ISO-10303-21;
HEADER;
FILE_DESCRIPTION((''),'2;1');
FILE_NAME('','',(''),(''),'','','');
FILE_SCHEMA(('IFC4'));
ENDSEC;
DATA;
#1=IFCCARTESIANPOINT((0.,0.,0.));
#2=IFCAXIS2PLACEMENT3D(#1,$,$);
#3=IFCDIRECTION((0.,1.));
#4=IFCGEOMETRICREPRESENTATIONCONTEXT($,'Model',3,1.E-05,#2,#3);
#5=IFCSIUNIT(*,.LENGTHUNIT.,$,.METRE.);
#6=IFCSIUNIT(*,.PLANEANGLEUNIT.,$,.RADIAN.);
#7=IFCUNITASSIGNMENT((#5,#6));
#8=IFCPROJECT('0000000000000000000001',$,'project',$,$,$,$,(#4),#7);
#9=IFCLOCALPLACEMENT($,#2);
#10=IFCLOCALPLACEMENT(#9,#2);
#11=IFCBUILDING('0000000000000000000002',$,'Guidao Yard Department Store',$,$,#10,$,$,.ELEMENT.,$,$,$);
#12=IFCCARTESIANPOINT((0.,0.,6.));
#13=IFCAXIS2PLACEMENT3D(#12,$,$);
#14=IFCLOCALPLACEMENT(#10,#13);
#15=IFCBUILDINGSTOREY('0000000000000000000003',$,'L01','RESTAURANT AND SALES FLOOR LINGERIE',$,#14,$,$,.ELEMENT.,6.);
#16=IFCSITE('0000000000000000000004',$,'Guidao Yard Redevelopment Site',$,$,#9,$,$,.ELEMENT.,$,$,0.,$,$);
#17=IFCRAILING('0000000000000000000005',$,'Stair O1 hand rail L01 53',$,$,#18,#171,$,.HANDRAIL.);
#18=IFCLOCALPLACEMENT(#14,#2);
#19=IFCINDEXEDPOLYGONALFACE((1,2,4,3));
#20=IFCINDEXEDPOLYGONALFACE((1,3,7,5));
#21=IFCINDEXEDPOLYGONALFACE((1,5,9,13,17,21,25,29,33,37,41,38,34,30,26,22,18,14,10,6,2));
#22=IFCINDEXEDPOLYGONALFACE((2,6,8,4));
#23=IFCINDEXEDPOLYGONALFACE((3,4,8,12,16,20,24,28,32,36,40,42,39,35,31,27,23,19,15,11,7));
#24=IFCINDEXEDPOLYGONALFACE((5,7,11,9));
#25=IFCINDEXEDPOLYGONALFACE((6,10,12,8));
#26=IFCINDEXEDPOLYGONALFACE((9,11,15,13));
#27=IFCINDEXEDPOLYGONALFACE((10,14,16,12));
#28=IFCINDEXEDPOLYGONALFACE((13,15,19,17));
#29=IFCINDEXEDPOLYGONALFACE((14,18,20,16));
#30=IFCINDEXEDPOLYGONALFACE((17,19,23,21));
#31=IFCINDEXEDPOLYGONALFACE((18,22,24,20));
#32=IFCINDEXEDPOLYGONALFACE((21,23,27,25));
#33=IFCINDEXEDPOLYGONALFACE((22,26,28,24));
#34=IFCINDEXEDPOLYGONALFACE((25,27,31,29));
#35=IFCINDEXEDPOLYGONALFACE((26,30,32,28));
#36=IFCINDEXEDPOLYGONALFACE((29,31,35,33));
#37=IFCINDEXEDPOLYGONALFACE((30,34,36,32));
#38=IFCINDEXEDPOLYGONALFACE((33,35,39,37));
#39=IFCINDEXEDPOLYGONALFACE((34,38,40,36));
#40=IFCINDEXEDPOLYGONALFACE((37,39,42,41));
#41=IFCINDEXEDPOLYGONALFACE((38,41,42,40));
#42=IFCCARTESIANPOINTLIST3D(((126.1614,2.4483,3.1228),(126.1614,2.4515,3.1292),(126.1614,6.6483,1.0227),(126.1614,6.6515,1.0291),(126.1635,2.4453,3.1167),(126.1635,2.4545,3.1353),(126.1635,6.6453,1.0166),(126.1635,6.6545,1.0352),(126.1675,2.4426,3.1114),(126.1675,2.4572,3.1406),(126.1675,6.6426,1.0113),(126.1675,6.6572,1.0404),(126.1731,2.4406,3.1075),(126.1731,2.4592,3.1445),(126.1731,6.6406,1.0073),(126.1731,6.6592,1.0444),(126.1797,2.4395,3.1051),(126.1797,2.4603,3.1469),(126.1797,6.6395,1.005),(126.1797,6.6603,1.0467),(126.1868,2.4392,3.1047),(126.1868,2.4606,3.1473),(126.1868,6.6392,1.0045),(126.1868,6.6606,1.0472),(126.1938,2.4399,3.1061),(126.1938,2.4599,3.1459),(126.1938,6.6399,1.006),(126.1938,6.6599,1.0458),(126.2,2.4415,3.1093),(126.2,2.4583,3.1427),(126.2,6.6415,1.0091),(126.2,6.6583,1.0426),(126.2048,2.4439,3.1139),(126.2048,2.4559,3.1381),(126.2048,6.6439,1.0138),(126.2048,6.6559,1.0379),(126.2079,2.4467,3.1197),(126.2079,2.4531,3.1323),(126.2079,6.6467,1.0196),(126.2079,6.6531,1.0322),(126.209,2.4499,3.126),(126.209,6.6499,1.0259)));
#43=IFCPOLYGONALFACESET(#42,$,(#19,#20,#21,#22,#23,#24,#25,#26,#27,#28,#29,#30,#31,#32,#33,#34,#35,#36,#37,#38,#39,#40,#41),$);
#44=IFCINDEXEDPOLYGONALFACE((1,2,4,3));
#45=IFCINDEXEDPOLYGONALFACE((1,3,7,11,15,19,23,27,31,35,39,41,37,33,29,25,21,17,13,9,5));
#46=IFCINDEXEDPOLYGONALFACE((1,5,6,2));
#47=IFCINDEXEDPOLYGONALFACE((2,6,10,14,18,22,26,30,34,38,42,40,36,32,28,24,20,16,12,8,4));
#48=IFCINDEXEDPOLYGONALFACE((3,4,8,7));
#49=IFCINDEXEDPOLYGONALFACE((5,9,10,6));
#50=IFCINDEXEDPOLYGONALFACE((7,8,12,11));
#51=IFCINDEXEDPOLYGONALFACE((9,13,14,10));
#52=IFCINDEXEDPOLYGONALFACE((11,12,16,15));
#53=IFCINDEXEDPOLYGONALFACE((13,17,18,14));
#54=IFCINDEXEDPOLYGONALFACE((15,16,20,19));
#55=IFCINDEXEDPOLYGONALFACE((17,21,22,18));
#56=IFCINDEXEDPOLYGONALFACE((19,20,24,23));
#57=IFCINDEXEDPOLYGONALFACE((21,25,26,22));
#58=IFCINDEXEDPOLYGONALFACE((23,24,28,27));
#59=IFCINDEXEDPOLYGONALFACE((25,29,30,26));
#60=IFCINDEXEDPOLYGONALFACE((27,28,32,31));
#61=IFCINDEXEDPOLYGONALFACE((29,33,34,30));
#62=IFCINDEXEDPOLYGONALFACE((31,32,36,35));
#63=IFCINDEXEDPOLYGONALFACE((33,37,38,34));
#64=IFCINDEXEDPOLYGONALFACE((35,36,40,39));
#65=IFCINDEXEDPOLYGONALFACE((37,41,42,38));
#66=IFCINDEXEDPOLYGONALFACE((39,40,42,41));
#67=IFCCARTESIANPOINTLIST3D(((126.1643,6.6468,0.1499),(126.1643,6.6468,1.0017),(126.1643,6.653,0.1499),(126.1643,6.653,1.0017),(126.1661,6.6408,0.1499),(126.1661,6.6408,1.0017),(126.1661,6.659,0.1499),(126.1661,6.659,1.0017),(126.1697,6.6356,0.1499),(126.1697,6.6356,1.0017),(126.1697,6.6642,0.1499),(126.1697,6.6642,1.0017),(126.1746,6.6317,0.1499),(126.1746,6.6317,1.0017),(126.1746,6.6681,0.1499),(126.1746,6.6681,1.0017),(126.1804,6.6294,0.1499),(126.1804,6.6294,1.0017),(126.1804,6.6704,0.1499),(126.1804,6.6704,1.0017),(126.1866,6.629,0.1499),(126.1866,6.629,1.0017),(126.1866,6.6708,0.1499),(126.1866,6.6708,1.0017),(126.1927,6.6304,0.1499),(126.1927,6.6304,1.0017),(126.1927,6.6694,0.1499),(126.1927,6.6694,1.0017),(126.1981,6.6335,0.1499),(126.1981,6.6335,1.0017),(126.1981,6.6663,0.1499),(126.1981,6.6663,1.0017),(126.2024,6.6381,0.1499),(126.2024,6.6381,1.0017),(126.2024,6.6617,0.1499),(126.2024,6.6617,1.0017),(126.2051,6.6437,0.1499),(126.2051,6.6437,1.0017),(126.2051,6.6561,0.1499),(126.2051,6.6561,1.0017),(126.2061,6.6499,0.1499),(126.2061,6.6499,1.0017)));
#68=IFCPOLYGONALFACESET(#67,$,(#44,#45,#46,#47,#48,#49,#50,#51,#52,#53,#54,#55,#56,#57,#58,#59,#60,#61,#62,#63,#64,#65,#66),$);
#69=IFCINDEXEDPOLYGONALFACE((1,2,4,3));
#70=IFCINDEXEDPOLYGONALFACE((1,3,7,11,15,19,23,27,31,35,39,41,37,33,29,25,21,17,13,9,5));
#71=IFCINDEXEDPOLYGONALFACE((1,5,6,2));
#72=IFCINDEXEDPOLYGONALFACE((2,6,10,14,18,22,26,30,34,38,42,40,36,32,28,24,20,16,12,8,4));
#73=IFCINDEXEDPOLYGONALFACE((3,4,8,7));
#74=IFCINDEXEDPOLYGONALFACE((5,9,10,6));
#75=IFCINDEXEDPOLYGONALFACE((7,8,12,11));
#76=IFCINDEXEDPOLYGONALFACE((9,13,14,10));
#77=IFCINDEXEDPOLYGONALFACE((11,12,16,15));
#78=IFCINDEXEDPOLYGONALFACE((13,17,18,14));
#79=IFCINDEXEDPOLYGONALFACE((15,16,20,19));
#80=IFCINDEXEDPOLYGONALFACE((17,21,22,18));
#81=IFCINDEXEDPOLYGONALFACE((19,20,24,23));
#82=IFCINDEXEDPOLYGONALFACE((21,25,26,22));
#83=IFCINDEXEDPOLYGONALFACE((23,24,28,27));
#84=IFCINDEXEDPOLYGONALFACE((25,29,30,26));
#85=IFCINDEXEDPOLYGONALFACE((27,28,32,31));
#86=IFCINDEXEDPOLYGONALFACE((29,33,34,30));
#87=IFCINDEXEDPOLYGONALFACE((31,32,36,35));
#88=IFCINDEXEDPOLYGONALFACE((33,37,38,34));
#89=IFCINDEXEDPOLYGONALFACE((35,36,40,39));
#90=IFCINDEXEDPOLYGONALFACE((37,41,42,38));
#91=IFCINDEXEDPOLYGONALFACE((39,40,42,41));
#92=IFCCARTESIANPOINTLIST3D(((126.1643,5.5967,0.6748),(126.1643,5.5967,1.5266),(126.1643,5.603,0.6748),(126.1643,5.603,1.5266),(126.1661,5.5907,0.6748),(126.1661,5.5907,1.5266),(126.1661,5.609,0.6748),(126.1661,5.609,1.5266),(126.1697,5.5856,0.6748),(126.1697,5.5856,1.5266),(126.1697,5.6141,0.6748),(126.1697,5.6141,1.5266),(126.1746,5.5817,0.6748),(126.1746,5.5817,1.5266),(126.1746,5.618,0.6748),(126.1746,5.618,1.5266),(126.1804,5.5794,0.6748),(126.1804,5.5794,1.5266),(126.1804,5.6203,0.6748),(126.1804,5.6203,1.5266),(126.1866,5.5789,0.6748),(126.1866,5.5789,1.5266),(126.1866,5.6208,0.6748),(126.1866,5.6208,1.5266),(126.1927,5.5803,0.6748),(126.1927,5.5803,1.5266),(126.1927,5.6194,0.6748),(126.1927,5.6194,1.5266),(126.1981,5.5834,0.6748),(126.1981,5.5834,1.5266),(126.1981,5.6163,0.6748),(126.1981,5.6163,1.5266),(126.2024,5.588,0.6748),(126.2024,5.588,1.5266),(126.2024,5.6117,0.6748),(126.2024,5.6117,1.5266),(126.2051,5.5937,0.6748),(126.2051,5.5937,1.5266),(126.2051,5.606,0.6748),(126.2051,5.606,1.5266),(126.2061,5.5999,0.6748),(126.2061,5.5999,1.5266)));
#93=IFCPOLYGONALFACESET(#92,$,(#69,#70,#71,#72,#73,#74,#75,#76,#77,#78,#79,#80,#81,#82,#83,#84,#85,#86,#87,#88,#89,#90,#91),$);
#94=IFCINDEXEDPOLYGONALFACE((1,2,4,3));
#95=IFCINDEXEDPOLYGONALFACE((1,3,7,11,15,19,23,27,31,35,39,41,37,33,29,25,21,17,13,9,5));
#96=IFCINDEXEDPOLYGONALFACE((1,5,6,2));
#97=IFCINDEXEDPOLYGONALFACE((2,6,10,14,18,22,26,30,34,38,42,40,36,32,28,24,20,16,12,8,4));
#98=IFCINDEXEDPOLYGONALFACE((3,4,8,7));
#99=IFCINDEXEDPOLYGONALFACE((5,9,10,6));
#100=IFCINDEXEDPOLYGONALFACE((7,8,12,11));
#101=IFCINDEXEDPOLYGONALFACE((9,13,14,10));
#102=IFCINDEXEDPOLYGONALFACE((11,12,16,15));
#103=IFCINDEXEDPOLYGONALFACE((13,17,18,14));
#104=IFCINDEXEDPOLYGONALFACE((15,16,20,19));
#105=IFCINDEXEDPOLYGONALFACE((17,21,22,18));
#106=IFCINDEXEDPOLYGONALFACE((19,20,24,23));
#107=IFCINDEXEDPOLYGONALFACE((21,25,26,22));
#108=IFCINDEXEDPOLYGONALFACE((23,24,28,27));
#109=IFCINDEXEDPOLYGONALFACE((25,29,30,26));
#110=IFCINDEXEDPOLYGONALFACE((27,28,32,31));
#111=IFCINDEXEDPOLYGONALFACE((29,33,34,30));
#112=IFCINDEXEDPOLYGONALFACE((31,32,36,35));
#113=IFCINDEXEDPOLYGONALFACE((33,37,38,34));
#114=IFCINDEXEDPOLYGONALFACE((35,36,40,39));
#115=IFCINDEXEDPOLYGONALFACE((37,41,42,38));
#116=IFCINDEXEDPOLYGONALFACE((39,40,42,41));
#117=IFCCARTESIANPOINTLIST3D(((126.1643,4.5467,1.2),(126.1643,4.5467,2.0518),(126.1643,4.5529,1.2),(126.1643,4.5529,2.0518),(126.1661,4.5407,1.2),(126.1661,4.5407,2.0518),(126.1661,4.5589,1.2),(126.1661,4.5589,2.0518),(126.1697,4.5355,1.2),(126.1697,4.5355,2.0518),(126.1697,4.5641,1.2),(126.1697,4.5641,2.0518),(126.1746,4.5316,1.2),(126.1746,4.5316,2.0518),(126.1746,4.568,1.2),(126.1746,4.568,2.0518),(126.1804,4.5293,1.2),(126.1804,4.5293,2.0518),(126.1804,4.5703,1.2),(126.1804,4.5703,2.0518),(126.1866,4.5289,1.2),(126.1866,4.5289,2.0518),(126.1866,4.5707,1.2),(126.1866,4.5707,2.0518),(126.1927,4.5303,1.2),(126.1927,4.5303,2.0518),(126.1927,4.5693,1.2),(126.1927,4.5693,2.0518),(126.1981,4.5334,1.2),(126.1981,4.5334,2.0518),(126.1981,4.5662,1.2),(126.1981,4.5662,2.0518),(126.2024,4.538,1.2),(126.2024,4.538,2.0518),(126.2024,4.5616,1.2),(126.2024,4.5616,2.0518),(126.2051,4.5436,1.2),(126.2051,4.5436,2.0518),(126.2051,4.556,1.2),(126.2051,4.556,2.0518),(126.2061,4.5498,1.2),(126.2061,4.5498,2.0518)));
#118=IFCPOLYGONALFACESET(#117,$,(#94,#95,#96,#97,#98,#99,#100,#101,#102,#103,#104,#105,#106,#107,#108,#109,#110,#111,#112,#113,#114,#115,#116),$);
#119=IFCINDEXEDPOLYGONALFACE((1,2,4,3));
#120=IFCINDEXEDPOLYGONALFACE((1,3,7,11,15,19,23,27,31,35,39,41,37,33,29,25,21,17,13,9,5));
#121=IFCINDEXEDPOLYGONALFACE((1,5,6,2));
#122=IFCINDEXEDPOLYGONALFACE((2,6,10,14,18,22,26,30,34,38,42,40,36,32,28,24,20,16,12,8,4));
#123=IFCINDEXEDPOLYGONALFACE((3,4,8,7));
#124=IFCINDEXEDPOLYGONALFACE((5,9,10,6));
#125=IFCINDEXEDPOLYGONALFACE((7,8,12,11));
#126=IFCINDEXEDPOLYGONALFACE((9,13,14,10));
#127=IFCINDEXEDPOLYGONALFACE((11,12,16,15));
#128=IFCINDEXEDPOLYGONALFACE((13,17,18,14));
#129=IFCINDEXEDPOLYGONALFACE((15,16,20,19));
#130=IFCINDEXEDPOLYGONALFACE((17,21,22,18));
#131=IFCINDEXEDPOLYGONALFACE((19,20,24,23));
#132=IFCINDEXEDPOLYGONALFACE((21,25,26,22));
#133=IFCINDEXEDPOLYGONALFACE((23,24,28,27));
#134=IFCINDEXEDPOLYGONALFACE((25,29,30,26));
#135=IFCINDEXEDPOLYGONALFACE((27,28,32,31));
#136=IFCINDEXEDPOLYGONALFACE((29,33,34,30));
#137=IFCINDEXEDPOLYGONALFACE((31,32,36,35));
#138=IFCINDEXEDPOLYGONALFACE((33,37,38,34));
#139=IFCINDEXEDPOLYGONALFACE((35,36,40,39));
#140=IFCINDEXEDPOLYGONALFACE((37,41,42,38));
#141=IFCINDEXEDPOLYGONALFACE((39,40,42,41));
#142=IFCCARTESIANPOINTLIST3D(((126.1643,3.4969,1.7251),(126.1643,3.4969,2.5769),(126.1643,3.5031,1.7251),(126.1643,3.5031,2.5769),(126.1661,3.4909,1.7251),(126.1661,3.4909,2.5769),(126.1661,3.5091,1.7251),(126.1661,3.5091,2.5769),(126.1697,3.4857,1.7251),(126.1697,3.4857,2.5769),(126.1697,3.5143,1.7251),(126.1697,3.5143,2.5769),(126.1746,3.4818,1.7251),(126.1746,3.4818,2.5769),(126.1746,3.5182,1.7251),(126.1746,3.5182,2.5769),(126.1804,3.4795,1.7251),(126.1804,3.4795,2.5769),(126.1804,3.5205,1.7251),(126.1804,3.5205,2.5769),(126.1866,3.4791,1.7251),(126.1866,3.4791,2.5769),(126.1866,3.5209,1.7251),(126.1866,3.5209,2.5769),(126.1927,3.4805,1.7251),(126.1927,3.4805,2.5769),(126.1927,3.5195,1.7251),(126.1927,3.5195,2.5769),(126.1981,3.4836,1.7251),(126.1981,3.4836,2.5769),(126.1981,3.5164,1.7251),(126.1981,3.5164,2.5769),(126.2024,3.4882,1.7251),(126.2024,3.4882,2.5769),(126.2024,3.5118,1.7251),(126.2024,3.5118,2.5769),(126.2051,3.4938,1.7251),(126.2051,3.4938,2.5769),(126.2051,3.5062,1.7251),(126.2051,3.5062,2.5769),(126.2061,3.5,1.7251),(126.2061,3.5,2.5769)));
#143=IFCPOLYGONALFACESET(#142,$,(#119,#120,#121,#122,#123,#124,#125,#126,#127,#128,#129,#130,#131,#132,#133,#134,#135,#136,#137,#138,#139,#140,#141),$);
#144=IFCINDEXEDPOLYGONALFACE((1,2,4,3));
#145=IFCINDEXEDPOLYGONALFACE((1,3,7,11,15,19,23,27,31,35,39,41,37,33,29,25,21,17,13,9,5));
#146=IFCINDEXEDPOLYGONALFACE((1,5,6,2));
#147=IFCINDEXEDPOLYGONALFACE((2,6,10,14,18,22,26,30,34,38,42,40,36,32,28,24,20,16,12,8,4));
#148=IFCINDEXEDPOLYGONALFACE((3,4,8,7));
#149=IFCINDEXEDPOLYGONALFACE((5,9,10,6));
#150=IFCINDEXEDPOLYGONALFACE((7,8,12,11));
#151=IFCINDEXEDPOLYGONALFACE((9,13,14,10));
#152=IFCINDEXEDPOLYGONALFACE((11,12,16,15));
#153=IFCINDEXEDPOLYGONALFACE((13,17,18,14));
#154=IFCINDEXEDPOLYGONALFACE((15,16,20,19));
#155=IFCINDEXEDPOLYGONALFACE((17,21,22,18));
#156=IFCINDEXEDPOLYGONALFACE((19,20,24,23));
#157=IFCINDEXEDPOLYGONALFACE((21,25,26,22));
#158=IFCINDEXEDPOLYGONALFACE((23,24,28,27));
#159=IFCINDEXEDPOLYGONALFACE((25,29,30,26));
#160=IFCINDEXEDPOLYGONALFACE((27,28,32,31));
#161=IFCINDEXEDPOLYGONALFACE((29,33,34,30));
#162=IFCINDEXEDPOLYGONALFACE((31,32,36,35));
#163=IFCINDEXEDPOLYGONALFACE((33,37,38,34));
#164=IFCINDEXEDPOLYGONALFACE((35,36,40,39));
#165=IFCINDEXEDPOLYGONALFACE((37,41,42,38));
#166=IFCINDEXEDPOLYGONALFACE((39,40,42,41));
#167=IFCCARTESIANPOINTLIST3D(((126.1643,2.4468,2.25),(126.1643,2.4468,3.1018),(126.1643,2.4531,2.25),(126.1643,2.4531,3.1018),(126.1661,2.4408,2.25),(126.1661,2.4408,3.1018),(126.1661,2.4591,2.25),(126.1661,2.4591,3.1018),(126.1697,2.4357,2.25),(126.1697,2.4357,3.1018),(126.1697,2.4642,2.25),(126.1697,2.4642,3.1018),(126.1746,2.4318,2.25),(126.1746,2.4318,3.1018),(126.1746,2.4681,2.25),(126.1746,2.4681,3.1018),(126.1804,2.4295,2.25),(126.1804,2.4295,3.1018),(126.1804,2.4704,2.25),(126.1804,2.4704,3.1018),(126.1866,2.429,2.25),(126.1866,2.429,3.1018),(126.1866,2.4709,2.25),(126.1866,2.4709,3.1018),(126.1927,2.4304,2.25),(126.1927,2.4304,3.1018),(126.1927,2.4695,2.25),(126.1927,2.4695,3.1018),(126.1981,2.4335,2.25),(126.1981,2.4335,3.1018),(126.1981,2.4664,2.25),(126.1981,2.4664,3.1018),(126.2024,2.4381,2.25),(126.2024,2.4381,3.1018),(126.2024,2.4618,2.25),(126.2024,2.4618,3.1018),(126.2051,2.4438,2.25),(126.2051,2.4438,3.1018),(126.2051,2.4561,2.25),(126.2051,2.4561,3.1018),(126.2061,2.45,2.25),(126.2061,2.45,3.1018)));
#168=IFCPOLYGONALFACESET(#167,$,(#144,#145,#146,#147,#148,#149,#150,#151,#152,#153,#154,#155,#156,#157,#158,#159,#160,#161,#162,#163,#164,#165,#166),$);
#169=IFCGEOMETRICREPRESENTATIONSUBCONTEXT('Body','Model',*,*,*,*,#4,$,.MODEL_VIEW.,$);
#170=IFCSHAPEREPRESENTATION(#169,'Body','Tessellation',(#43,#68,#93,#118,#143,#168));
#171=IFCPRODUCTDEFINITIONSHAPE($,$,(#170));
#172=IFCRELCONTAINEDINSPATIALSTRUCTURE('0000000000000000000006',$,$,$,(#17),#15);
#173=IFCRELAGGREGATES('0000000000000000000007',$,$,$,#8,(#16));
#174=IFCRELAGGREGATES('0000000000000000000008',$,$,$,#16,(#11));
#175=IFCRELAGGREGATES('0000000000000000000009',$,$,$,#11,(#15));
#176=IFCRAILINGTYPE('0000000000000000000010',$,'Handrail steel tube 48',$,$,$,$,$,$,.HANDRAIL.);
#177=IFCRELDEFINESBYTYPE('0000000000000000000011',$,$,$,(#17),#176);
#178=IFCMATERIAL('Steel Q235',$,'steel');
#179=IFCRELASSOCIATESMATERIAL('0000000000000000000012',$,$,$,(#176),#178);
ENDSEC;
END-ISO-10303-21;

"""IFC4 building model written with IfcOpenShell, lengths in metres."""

from ifc_helpers import new_model, si_unit, direction, frame, origin, origin_2d, place, context, subcontext, project, spatial, circle, extrude, material, type_object, element, save


model = new_model("IFC4")

# Units and contexts
model_context = context("Model", 3, precision=1e-05, world=origin(), true_north=direction((0.0, 1.0)))
body_context = subcontext(model_context, "Body", "Model", "MODEL_VIEW")
ifc_project = project(units=[si_unit("LENGTHUNIT", "METRE"), si_unit("PLANEANGLEUNIT", "RADIAN")], contexts=[model_context])

# Site, building, storey
site_placement = place(None, origin())
site = spatial("IfcSite", under=ifc_project, at=site_placement, Name="Guidao Yard Redevelopment Site", CompositionType="ELEMENT", RefElevation=0.0)
building_placement = place(site_placement, origin())
building = spatial("IfcBuilding", under=site, at=building_placement, Name="Guidao Yard Department Store", CompositionType="ELEMENT")
storey_placement = place(building_placement, frame((0.0, 0.0, 6.0)))
storey = spatial("IfcBuildingStorey", under=building, at=storey_placement, Name="L01", Description="RESTAURANT AND SALES FLOOR LINGERIE", CompositionType="ELEMENT", Elevation=6.0)

# Railing
ifc_material_1 = material(Name="Steel Q235", Category="steel")
railing_type_1 = type_object("IfcRailingType", Name="Handrail steel tube 48", PredefinedType="HANDRAIL", material=ifc_material_1)
for number, where, name in (
    (1, (126.1851, 6.6499, 0.1499), "Stair O1 hand rail L01 53"),
):
    element("IfcRailing", number, at=place(storey_placement, frame(where)), inside=storey, type_object=railing_type_1, Name=name, PredefinedType="HANDRAIL", context=body_context, shape_type="SweptSolid", body=[
        extrude(circle(Radius=0.0239, at=origin_2d()), frame((0.0, 0.0, 0.876), z_axis=(0.0, -0.894417, 0.447234), x_axis=(1.0, 0.0, 0.0)), (0.0, 0.0, 1.0), 4.6958),
        extrude(circle(Radius=0.021, at=origin_2d()), origin(), (0.0, 0.0, 1.0), 0.8518),
        extrude(circle(Radius=0.021, at=origin_2d()), frame((0.0, -1.05, 0.5249)), (0.0, 0.0, 1.0), 0.8518),
        extrude(circle(Radius=0.021, at=origin_2d()), frame((0.0, -2.1001, 1.05)), (0.0, 0.0, 1.0), 0.8518),
        extrude(circle(Radius=0.021, at=origin_2d()), frame((0.0, -3.1499, 1.5752)), (0.0, 0.0, 1.0), 0.8518),
        extrude(circle(Radius=0.021, at=origin_2d()), frame((0.0, -4.2, 2.1001)), (0.0, 0.0, 1.0), 0.8518),
    ])

save(model, "model.ifc")
